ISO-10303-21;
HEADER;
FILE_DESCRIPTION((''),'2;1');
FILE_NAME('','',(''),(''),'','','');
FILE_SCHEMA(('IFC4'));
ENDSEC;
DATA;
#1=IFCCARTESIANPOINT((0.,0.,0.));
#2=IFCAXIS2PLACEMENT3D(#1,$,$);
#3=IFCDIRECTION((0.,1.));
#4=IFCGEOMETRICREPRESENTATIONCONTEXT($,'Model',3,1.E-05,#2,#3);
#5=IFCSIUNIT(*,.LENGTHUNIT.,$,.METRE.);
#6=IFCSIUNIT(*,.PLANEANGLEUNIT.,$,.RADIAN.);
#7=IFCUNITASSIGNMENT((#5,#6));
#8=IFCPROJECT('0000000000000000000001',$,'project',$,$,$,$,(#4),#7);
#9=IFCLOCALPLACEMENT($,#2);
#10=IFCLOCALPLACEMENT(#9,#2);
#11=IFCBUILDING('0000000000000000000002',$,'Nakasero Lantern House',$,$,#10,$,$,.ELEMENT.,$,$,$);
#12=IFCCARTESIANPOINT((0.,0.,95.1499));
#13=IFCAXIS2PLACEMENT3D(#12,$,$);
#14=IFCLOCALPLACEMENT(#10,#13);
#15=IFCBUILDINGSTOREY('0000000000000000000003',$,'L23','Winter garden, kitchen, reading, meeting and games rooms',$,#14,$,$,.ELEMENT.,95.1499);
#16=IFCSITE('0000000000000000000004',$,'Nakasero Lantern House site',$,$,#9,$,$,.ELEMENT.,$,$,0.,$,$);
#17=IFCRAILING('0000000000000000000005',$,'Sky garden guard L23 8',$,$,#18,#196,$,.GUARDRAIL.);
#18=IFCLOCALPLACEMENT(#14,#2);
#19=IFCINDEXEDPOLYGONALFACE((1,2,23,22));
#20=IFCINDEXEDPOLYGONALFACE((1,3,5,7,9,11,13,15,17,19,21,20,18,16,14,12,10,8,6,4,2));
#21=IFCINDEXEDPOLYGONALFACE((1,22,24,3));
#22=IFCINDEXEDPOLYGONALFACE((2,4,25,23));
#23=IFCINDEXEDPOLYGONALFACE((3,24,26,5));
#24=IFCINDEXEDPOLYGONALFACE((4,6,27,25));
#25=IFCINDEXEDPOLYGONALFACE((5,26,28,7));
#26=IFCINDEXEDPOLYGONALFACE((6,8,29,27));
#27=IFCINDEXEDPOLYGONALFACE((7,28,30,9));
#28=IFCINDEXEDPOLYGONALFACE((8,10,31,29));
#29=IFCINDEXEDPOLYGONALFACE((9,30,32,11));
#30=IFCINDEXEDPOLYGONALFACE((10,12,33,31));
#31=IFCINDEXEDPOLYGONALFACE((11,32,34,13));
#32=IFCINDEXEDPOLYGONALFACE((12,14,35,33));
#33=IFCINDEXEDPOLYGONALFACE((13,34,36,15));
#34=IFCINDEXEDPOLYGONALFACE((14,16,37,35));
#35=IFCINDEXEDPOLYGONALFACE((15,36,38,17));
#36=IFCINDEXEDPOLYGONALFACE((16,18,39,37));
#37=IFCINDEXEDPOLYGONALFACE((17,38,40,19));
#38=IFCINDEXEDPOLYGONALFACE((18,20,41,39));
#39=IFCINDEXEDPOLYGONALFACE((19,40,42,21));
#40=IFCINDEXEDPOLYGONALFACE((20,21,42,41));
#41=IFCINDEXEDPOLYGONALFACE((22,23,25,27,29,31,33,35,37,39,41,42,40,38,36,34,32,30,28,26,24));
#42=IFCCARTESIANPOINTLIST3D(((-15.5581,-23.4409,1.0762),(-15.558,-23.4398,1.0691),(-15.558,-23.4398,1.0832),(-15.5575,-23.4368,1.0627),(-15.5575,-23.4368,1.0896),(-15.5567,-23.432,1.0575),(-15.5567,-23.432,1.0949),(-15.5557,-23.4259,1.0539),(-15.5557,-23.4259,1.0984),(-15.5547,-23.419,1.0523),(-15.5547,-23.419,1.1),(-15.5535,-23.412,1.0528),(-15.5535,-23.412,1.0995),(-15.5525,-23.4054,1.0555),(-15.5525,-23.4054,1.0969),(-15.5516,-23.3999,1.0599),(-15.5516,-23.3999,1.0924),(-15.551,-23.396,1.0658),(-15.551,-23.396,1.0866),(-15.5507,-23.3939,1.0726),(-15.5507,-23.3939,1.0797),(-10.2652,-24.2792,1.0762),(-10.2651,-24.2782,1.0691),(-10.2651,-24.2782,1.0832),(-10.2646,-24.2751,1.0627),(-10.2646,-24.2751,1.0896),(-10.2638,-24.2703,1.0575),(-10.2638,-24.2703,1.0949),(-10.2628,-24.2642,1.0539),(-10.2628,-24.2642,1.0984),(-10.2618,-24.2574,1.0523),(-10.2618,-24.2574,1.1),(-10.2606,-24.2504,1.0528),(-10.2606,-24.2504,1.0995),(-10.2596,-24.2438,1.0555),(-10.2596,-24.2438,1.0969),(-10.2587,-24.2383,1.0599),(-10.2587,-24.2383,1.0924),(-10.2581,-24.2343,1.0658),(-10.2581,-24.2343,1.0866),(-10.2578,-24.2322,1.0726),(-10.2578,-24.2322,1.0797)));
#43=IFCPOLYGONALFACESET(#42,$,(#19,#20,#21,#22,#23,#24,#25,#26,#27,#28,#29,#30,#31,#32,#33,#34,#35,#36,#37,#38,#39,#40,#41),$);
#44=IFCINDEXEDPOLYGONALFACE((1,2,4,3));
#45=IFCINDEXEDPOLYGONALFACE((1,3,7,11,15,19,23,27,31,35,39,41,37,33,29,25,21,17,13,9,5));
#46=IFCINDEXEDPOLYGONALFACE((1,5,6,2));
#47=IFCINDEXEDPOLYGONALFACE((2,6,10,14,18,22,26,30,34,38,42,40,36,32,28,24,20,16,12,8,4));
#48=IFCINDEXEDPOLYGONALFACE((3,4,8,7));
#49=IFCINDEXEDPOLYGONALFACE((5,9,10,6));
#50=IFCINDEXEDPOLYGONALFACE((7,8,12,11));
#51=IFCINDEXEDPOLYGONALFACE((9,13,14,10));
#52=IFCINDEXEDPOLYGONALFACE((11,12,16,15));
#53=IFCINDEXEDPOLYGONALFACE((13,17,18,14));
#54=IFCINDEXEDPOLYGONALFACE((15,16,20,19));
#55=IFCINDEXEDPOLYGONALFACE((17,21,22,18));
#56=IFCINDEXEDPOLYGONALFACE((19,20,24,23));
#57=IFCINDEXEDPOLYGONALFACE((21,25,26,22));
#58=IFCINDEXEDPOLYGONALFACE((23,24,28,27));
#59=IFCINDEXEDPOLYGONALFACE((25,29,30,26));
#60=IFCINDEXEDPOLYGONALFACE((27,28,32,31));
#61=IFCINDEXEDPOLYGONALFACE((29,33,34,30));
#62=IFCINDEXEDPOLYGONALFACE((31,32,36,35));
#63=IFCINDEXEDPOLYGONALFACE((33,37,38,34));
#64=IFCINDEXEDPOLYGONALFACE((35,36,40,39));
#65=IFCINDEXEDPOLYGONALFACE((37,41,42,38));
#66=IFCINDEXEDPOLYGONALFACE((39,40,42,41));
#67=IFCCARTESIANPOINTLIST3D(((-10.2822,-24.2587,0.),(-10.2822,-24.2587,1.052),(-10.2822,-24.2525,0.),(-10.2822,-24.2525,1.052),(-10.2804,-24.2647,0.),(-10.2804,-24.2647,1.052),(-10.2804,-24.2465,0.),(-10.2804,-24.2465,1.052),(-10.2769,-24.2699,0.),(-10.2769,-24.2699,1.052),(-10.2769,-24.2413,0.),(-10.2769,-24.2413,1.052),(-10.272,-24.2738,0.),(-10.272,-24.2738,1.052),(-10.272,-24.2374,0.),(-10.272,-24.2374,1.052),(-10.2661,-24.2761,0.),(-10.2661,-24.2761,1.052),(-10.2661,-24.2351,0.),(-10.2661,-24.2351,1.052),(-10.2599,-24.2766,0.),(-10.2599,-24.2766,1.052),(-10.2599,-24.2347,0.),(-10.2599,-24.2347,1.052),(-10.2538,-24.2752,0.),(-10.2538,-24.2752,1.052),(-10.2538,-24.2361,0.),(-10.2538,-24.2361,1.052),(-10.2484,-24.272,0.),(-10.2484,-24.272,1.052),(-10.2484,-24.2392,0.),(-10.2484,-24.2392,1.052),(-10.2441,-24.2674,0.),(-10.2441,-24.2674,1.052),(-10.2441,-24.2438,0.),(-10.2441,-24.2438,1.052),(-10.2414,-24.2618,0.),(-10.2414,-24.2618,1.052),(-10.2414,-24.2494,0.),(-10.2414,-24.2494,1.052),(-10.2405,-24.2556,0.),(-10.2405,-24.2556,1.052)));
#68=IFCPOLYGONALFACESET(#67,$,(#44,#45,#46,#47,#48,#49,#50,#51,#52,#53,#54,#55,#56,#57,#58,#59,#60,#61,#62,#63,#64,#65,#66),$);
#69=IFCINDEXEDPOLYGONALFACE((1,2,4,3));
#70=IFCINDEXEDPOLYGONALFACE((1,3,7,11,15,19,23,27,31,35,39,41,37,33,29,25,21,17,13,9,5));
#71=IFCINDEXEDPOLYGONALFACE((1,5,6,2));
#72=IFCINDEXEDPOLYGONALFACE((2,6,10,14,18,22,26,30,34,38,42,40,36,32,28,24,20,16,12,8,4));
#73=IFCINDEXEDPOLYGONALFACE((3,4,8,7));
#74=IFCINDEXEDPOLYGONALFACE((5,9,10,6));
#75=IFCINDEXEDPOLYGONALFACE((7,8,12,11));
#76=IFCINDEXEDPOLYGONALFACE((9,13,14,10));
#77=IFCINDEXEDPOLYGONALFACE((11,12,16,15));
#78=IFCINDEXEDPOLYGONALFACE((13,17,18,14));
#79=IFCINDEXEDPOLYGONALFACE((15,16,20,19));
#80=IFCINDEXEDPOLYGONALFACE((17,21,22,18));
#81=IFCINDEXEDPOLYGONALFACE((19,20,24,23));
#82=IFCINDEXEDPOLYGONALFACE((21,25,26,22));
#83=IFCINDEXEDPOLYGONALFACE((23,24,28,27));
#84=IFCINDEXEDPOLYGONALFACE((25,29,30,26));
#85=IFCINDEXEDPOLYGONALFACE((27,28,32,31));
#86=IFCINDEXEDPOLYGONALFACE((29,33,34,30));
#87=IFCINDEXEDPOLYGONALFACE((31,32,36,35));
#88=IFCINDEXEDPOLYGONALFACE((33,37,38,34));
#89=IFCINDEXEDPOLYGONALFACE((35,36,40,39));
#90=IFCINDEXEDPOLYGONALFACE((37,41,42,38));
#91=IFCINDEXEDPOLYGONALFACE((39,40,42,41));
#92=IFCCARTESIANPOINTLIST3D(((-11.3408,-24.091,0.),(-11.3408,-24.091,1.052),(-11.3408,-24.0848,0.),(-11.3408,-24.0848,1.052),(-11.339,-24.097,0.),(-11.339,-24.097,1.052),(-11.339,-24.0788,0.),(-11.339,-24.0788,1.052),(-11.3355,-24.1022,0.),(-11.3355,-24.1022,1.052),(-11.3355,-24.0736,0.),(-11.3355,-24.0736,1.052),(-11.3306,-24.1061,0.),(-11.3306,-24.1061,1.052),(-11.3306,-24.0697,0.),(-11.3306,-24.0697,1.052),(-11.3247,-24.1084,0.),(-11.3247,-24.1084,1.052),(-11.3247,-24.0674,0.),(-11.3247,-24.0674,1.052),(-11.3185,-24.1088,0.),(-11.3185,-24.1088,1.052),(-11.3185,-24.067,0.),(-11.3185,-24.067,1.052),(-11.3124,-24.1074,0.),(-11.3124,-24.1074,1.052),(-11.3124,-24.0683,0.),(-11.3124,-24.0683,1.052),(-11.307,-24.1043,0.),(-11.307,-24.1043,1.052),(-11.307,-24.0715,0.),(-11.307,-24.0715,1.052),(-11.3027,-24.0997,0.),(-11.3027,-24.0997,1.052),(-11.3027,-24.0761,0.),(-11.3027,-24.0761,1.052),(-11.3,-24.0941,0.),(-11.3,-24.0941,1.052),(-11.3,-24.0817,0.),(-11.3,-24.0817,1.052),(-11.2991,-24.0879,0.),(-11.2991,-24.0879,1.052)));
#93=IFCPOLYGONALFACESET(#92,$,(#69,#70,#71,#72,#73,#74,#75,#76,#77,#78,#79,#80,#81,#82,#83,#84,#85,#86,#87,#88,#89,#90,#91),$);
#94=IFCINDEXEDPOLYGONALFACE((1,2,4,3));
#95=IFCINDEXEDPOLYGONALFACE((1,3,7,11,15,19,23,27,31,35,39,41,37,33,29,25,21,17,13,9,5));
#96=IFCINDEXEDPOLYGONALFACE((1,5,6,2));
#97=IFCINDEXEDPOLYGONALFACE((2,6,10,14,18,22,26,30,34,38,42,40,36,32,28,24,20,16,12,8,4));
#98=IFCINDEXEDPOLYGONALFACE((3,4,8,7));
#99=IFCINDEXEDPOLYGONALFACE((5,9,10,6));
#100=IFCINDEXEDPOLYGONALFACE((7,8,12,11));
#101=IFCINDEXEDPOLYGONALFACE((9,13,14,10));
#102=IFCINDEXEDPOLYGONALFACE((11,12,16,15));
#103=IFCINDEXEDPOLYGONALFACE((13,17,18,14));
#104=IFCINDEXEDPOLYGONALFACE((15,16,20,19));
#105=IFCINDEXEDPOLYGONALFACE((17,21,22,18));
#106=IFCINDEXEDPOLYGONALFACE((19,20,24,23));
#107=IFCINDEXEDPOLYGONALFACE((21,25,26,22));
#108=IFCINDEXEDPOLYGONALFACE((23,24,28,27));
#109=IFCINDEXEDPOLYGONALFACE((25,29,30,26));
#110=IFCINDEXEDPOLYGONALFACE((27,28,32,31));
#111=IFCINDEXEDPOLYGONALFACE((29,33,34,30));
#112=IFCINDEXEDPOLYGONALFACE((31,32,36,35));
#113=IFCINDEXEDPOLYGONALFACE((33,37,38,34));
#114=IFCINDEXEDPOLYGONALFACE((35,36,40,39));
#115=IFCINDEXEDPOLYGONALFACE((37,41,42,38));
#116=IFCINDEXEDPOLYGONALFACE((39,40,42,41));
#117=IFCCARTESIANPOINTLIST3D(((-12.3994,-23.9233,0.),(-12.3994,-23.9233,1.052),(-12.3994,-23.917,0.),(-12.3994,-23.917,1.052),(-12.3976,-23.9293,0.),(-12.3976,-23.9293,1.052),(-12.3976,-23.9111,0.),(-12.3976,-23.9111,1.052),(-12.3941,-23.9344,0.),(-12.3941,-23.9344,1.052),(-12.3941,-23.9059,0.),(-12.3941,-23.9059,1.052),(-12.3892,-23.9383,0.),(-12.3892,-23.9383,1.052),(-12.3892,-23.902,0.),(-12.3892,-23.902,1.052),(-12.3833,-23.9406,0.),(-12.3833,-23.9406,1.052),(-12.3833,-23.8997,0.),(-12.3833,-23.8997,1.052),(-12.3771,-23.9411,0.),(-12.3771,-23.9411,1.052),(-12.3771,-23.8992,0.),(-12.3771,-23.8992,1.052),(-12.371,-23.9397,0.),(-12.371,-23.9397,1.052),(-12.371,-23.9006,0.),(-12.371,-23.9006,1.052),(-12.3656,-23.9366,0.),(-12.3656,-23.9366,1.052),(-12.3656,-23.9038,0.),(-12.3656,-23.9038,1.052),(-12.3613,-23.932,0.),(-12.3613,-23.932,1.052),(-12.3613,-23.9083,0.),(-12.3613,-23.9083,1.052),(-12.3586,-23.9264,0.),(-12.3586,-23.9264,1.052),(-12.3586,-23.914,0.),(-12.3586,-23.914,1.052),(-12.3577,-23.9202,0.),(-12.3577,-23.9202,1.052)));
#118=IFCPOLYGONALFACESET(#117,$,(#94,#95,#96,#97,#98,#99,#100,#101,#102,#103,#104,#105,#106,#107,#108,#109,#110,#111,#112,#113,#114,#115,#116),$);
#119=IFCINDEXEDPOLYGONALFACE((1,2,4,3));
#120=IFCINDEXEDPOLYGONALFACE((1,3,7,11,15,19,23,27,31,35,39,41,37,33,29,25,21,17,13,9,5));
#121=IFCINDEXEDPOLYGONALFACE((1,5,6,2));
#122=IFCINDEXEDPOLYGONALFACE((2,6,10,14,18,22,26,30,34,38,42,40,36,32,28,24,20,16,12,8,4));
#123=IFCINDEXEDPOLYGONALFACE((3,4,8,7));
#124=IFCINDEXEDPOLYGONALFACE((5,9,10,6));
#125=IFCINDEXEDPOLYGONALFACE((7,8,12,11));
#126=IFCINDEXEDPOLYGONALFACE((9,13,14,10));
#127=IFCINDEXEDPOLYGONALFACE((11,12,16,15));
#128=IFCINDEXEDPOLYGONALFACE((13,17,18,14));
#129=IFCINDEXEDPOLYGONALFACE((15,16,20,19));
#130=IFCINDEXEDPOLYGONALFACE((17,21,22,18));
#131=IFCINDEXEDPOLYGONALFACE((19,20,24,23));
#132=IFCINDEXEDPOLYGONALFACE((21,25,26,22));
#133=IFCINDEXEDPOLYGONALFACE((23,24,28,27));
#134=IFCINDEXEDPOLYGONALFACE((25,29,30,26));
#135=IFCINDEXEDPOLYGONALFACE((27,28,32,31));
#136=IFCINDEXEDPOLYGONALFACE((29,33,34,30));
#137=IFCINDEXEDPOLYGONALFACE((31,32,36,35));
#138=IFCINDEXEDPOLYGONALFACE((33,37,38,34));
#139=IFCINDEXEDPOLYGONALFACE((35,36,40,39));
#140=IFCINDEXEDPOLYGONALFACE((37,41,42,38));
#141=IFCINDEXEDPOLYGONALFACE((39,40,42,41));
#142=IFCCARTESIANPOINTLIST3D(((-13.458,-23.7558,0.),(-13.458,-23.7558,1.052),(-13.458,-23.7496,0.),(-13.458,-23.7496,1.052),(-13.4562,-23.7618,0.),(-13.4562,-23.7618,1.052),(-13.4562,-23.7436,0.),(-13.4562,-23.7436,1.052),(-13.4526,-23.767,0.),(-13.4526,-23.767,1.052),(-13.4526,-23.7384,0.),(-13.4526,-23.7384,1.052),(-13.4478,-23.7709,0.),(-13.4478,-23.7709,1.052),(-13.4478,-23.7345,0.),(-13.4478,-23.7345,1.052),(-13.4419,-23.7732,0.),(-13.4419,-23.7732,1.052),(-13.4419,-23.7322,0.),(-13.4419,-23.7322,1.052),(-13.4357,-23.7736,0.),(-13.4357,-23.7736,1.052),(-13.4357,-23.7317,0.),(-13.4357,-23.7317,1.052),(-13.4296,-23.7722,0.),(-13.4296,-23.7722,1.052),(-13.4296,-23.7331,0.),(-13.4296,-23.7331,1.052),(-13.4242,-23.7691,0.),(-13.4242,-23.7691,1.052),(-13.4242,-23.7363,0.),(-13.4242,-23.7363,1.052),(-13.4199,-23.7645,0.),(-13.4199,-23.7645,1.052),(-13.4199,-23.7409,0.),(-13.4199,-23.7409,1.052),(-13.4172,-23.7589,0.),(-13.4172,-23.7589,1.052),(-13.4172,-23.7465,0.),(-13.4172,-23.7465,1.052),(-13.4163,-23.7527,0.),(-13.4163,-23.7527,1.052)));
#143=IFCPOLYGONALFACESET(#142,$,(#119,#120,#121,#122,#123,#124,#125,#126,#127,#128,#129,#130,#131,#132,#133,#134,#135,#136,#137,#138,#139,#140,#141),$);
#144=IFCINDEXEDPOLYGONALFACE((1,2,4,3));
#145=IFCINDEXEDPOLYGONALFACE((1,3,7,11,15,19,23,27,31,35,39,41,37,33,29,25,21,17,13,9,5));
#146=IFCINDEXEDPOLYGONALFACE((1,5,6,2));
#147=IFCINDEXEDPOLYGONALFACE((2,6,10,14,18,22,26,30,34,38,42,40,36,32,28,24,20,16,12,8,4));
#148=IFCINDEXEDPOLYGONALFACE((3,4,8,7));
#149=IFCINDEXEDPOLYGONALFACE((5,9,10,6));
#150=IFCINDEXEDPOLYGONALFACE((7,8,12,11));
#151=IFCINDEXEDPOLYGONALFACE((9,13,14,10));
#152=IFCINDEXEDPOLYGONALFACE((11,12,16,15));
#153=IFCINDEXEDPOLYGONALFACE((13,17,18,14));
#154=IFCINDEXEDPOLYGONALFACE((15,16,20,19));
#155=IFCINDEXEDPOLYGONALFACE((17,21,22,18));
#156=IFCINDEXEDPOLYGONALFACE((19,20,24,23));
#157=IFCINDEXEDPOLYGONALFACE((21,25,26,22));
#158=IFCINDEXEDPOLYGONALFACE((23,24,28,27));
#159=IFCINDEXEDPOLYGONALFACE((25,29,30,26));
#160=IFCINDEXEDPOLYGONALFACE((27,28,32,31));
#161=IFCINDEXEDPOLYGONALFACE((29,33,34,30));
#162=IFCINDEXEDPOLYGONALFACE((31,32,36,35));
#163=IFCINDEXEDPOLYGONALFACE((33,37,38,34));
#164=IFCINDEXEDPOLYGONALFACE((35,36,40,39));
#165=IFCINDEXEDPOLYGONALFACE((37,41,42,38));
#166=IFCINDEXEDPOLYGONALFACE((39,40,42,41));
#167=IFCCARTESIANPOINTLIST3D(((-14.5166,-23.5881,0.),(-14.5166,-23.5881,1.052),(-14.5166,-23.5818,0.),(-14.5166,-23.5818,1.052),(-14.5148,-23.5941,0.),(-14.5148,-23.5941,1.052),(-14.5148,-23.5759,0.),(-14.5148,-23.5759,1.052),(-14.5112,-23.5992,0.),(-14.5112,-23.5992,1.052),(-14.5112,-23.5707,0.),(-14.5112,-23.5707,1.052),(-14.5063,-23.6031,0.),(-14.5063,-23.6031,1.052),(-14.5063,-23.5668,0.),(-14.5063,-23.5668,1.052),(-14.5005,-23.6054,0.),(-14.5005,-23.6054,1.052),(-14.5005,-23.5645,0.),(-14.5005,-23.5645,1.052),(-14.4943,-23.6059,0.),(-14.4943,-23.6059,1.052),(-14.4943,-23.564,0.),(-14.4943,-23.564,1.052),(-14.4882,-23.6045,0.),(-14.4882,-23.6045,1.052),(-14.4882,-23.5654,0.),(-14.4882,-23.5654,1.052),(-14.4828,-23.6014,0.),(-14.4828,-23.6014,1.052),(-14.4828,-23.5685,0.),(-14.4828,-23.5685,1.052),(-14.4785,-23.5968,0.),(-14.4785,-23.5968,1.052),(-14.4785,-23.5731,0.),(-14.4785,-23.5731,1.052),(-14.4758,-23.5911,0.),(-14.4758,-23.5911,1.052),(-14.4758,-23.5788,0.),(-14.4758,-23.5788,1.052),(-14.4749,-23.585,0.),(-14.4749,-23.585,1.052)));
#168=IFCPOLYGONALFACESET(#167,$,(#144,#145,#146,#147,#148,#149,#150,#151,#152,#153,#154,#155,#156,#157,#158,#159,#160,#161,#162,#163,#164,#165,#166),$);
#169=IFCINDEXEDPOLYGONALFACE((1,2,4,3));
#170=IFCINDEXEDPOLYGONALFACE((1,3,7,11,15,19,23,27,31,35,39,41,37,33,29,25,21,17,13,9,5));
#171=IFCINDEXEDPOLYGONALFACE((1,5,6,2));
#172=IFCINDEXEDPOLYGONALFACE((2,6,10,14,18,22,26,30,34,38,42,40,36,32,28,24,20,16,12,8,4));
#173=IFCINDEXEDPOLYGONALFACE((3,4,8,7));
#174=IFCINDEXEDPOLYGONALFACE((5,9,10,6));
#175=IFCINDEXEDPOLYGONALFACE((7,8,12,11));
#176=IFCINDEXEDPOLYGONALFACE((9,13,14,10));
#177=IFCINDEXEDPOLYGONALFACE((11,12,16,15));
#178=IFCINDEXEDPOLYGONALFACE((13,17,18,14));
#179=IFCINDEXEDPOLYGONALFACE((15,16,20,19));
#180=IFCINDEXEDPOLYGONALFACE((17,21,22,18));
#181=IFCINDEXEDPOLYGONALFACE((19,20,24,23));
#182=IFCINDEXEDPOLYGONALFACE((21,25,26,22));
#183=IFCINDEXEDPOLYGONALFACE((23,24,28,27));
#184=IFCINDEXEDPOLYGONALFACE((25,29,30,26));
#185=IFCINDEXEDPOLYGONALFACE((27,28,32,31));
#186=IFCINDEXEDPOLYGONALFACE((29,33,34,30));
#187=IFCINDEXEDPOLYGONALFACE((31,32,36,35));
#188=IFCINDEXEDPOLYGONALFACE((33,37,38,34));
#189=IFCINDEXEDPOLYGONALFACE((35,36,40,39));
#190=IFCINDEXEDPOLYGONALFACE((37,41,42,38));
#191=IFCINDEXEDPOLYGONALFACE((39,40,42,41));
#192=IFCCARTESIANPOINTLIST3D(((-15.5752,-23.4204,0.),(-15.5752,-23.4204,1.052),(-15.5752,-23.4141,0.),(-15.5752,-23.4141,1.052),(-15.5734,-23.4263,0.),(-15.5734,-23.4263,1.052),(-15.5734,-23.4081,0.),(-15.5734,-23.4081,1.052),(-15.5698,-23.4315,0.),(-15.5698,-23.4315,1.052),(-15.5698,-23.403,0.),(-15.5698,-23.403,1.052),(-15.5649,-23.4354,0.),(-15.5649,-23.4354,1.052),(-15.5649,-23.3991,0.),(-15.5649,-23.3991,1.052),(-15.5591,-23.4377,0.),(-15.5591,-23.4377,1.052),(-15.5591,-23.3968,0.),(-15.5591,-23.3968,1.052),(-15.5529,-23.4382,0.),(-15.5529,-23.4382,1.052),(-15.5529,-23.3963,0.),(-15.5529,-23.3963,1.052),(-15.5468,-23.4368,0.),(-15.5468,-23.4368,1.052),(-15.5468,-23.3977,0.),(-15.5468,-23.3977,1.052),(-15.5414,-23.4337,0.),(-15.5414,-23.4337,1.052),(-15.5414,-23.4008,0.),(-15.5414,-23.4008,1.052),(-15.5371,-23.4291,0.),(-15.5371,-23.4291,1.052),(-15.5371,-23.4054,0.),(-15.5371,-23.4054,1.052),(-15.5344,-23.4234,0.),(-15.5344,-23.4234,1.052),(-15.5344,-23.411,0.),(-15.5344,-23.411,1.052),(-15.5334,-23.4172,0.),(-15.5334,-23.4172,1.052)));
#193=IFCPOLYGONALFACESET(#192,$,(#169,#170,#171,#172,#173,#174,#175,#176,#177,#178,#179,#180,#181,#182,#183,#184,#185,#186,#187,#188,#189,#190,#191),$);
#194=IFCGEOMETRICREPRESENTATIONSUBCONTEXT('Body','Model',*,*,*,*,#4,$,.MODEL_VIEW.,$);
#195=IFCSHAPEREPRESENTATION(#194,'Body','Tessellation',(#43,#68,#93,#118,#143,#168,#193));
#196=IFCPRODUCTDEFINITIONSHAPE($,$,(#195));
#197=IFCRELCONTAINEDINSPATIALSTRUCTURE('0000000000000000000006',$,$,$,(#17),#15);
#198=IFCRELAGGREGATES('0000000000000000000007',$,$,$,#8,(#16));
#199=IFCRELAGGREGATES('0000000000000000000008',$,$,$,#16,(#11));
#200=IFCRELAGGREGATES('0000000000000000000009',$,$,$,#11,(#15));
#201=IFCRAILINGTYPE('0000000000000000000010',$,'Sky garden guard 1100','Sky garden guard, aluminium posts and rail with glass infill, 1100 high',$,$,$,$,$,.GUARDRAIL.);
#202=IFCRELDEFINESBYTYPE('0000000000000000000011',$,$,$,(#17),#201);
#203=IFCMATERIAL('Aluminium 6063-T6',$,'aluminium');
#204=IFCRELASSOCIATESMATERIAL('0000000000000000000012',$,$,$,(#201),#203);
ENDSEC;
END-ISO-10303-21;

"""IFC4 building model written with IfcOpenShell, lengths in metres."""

from ifc_helpers import new_model, si_unit, direction, frame, origin, origin_2d, place, context, subcontext, project, spatial, circle, extrude, material, type_object, element, save


model = new_model("IFC4")

# Units and contexts
model_context = context("Model", 3, precision=1e-05, world=origin(), true_north=direction((0.0, 1.0)))
body_context = subcontext(model_context, "Body", "Model", "MODEL_VIEW")
ifc_project = project(units=[si_unit("LENGTHUNIT", "METRE"), si_unit("PLANEANGLEUNIT", "RADIAN")], contexts=[model_context])

# Site, building, storey
site_placement = place(None, origin())
site = spatial("IfcSite", under=ifc_project, at=site_placement, Name="Nakasero Lantern House site", CompositionType="ELEMENT", RefElevation=0.0)
building_placement = place(site_placement, origin())
building = spatial("IfcBuilding", under=site, at=building_placement, Name="Nakasero Lantern House", CompositionType="ELEMENT")
storey_placement = place(building_placement, frame((0.0, 0.0, 95.1499)))
storey = spatial("IfcBuildingStorey", under=building, at=storey_placement, Name="L23", Description="Winter garden, kitchen, reading, meeting and games rooms", CompositionType="ELEMENT", Elevation=95.1499)

# Railing
ifc_material_1 = material(Name="Aluminium 6063-T6", Category="aluminium")
railing_type = type_object("IfcRailingType", Name="Sky garden guard 1100", Description="Sky garden guard, aluminium posts and rail with glass infill, 1100 high", PredefinedType="GUARDRAIL", material=ifc_material_1)
railing_placement = place(storey_placement, frame((-10.2615, -24.2556, 0.0)))
element("IfcRailing", 1, at=railing_placement, inside=storey, type_object=railing_type, Name="Sky garden guard L23 8", PredefinedType="GUARDRAIL", context=body_context, shape_type="SweptSolid", body=[
    extrude(circle(Radius=0.0239, at=origin_2d()), frame((0.0, 0.0, 1.0762), z_axis=(-0.987687, 0.156444, 0.0), x_axis=(-0.156444, -0.987687, 0.0)), (0.0, 0.0, 1.0), 5.3589),
    extrude(circle(Radius=0.021, at=origin_2d()), origin(), (0.0, 0.0, 1.0), 1.052),
    extrude(circle(Radius=0.021, at=origin_2d()), frame((-1.0586, 0.1677, 0.0)), (0.0, 0.0, 1.0), 1.052),
    extrude(circle(Radius=0.021, at=origin_2d()), frame((-2.1172, 0.3354, 0.0)), (0.0, 0.0, 1.0), 1.052),
    extrude(circle(Radius=0.021, at=origin_2d()), frame((-3.1758, 0.5029, 0.0)), (0.0, 0.0, 1.0), 1.052),
    extrude(circle(Radius=0.021, at=origin_2d()), frame((-4.2344, 0.6707, 0.0)), (0.0, 0.0, 1.0), 1.052),
    extrude(circle(Radius=0.021, at=origin_2d()), frame((-5.293, 0.8384, 0.0)), (0.0, 0.0, 1.0), 1.052),
])

save(model, "model.ifc")
